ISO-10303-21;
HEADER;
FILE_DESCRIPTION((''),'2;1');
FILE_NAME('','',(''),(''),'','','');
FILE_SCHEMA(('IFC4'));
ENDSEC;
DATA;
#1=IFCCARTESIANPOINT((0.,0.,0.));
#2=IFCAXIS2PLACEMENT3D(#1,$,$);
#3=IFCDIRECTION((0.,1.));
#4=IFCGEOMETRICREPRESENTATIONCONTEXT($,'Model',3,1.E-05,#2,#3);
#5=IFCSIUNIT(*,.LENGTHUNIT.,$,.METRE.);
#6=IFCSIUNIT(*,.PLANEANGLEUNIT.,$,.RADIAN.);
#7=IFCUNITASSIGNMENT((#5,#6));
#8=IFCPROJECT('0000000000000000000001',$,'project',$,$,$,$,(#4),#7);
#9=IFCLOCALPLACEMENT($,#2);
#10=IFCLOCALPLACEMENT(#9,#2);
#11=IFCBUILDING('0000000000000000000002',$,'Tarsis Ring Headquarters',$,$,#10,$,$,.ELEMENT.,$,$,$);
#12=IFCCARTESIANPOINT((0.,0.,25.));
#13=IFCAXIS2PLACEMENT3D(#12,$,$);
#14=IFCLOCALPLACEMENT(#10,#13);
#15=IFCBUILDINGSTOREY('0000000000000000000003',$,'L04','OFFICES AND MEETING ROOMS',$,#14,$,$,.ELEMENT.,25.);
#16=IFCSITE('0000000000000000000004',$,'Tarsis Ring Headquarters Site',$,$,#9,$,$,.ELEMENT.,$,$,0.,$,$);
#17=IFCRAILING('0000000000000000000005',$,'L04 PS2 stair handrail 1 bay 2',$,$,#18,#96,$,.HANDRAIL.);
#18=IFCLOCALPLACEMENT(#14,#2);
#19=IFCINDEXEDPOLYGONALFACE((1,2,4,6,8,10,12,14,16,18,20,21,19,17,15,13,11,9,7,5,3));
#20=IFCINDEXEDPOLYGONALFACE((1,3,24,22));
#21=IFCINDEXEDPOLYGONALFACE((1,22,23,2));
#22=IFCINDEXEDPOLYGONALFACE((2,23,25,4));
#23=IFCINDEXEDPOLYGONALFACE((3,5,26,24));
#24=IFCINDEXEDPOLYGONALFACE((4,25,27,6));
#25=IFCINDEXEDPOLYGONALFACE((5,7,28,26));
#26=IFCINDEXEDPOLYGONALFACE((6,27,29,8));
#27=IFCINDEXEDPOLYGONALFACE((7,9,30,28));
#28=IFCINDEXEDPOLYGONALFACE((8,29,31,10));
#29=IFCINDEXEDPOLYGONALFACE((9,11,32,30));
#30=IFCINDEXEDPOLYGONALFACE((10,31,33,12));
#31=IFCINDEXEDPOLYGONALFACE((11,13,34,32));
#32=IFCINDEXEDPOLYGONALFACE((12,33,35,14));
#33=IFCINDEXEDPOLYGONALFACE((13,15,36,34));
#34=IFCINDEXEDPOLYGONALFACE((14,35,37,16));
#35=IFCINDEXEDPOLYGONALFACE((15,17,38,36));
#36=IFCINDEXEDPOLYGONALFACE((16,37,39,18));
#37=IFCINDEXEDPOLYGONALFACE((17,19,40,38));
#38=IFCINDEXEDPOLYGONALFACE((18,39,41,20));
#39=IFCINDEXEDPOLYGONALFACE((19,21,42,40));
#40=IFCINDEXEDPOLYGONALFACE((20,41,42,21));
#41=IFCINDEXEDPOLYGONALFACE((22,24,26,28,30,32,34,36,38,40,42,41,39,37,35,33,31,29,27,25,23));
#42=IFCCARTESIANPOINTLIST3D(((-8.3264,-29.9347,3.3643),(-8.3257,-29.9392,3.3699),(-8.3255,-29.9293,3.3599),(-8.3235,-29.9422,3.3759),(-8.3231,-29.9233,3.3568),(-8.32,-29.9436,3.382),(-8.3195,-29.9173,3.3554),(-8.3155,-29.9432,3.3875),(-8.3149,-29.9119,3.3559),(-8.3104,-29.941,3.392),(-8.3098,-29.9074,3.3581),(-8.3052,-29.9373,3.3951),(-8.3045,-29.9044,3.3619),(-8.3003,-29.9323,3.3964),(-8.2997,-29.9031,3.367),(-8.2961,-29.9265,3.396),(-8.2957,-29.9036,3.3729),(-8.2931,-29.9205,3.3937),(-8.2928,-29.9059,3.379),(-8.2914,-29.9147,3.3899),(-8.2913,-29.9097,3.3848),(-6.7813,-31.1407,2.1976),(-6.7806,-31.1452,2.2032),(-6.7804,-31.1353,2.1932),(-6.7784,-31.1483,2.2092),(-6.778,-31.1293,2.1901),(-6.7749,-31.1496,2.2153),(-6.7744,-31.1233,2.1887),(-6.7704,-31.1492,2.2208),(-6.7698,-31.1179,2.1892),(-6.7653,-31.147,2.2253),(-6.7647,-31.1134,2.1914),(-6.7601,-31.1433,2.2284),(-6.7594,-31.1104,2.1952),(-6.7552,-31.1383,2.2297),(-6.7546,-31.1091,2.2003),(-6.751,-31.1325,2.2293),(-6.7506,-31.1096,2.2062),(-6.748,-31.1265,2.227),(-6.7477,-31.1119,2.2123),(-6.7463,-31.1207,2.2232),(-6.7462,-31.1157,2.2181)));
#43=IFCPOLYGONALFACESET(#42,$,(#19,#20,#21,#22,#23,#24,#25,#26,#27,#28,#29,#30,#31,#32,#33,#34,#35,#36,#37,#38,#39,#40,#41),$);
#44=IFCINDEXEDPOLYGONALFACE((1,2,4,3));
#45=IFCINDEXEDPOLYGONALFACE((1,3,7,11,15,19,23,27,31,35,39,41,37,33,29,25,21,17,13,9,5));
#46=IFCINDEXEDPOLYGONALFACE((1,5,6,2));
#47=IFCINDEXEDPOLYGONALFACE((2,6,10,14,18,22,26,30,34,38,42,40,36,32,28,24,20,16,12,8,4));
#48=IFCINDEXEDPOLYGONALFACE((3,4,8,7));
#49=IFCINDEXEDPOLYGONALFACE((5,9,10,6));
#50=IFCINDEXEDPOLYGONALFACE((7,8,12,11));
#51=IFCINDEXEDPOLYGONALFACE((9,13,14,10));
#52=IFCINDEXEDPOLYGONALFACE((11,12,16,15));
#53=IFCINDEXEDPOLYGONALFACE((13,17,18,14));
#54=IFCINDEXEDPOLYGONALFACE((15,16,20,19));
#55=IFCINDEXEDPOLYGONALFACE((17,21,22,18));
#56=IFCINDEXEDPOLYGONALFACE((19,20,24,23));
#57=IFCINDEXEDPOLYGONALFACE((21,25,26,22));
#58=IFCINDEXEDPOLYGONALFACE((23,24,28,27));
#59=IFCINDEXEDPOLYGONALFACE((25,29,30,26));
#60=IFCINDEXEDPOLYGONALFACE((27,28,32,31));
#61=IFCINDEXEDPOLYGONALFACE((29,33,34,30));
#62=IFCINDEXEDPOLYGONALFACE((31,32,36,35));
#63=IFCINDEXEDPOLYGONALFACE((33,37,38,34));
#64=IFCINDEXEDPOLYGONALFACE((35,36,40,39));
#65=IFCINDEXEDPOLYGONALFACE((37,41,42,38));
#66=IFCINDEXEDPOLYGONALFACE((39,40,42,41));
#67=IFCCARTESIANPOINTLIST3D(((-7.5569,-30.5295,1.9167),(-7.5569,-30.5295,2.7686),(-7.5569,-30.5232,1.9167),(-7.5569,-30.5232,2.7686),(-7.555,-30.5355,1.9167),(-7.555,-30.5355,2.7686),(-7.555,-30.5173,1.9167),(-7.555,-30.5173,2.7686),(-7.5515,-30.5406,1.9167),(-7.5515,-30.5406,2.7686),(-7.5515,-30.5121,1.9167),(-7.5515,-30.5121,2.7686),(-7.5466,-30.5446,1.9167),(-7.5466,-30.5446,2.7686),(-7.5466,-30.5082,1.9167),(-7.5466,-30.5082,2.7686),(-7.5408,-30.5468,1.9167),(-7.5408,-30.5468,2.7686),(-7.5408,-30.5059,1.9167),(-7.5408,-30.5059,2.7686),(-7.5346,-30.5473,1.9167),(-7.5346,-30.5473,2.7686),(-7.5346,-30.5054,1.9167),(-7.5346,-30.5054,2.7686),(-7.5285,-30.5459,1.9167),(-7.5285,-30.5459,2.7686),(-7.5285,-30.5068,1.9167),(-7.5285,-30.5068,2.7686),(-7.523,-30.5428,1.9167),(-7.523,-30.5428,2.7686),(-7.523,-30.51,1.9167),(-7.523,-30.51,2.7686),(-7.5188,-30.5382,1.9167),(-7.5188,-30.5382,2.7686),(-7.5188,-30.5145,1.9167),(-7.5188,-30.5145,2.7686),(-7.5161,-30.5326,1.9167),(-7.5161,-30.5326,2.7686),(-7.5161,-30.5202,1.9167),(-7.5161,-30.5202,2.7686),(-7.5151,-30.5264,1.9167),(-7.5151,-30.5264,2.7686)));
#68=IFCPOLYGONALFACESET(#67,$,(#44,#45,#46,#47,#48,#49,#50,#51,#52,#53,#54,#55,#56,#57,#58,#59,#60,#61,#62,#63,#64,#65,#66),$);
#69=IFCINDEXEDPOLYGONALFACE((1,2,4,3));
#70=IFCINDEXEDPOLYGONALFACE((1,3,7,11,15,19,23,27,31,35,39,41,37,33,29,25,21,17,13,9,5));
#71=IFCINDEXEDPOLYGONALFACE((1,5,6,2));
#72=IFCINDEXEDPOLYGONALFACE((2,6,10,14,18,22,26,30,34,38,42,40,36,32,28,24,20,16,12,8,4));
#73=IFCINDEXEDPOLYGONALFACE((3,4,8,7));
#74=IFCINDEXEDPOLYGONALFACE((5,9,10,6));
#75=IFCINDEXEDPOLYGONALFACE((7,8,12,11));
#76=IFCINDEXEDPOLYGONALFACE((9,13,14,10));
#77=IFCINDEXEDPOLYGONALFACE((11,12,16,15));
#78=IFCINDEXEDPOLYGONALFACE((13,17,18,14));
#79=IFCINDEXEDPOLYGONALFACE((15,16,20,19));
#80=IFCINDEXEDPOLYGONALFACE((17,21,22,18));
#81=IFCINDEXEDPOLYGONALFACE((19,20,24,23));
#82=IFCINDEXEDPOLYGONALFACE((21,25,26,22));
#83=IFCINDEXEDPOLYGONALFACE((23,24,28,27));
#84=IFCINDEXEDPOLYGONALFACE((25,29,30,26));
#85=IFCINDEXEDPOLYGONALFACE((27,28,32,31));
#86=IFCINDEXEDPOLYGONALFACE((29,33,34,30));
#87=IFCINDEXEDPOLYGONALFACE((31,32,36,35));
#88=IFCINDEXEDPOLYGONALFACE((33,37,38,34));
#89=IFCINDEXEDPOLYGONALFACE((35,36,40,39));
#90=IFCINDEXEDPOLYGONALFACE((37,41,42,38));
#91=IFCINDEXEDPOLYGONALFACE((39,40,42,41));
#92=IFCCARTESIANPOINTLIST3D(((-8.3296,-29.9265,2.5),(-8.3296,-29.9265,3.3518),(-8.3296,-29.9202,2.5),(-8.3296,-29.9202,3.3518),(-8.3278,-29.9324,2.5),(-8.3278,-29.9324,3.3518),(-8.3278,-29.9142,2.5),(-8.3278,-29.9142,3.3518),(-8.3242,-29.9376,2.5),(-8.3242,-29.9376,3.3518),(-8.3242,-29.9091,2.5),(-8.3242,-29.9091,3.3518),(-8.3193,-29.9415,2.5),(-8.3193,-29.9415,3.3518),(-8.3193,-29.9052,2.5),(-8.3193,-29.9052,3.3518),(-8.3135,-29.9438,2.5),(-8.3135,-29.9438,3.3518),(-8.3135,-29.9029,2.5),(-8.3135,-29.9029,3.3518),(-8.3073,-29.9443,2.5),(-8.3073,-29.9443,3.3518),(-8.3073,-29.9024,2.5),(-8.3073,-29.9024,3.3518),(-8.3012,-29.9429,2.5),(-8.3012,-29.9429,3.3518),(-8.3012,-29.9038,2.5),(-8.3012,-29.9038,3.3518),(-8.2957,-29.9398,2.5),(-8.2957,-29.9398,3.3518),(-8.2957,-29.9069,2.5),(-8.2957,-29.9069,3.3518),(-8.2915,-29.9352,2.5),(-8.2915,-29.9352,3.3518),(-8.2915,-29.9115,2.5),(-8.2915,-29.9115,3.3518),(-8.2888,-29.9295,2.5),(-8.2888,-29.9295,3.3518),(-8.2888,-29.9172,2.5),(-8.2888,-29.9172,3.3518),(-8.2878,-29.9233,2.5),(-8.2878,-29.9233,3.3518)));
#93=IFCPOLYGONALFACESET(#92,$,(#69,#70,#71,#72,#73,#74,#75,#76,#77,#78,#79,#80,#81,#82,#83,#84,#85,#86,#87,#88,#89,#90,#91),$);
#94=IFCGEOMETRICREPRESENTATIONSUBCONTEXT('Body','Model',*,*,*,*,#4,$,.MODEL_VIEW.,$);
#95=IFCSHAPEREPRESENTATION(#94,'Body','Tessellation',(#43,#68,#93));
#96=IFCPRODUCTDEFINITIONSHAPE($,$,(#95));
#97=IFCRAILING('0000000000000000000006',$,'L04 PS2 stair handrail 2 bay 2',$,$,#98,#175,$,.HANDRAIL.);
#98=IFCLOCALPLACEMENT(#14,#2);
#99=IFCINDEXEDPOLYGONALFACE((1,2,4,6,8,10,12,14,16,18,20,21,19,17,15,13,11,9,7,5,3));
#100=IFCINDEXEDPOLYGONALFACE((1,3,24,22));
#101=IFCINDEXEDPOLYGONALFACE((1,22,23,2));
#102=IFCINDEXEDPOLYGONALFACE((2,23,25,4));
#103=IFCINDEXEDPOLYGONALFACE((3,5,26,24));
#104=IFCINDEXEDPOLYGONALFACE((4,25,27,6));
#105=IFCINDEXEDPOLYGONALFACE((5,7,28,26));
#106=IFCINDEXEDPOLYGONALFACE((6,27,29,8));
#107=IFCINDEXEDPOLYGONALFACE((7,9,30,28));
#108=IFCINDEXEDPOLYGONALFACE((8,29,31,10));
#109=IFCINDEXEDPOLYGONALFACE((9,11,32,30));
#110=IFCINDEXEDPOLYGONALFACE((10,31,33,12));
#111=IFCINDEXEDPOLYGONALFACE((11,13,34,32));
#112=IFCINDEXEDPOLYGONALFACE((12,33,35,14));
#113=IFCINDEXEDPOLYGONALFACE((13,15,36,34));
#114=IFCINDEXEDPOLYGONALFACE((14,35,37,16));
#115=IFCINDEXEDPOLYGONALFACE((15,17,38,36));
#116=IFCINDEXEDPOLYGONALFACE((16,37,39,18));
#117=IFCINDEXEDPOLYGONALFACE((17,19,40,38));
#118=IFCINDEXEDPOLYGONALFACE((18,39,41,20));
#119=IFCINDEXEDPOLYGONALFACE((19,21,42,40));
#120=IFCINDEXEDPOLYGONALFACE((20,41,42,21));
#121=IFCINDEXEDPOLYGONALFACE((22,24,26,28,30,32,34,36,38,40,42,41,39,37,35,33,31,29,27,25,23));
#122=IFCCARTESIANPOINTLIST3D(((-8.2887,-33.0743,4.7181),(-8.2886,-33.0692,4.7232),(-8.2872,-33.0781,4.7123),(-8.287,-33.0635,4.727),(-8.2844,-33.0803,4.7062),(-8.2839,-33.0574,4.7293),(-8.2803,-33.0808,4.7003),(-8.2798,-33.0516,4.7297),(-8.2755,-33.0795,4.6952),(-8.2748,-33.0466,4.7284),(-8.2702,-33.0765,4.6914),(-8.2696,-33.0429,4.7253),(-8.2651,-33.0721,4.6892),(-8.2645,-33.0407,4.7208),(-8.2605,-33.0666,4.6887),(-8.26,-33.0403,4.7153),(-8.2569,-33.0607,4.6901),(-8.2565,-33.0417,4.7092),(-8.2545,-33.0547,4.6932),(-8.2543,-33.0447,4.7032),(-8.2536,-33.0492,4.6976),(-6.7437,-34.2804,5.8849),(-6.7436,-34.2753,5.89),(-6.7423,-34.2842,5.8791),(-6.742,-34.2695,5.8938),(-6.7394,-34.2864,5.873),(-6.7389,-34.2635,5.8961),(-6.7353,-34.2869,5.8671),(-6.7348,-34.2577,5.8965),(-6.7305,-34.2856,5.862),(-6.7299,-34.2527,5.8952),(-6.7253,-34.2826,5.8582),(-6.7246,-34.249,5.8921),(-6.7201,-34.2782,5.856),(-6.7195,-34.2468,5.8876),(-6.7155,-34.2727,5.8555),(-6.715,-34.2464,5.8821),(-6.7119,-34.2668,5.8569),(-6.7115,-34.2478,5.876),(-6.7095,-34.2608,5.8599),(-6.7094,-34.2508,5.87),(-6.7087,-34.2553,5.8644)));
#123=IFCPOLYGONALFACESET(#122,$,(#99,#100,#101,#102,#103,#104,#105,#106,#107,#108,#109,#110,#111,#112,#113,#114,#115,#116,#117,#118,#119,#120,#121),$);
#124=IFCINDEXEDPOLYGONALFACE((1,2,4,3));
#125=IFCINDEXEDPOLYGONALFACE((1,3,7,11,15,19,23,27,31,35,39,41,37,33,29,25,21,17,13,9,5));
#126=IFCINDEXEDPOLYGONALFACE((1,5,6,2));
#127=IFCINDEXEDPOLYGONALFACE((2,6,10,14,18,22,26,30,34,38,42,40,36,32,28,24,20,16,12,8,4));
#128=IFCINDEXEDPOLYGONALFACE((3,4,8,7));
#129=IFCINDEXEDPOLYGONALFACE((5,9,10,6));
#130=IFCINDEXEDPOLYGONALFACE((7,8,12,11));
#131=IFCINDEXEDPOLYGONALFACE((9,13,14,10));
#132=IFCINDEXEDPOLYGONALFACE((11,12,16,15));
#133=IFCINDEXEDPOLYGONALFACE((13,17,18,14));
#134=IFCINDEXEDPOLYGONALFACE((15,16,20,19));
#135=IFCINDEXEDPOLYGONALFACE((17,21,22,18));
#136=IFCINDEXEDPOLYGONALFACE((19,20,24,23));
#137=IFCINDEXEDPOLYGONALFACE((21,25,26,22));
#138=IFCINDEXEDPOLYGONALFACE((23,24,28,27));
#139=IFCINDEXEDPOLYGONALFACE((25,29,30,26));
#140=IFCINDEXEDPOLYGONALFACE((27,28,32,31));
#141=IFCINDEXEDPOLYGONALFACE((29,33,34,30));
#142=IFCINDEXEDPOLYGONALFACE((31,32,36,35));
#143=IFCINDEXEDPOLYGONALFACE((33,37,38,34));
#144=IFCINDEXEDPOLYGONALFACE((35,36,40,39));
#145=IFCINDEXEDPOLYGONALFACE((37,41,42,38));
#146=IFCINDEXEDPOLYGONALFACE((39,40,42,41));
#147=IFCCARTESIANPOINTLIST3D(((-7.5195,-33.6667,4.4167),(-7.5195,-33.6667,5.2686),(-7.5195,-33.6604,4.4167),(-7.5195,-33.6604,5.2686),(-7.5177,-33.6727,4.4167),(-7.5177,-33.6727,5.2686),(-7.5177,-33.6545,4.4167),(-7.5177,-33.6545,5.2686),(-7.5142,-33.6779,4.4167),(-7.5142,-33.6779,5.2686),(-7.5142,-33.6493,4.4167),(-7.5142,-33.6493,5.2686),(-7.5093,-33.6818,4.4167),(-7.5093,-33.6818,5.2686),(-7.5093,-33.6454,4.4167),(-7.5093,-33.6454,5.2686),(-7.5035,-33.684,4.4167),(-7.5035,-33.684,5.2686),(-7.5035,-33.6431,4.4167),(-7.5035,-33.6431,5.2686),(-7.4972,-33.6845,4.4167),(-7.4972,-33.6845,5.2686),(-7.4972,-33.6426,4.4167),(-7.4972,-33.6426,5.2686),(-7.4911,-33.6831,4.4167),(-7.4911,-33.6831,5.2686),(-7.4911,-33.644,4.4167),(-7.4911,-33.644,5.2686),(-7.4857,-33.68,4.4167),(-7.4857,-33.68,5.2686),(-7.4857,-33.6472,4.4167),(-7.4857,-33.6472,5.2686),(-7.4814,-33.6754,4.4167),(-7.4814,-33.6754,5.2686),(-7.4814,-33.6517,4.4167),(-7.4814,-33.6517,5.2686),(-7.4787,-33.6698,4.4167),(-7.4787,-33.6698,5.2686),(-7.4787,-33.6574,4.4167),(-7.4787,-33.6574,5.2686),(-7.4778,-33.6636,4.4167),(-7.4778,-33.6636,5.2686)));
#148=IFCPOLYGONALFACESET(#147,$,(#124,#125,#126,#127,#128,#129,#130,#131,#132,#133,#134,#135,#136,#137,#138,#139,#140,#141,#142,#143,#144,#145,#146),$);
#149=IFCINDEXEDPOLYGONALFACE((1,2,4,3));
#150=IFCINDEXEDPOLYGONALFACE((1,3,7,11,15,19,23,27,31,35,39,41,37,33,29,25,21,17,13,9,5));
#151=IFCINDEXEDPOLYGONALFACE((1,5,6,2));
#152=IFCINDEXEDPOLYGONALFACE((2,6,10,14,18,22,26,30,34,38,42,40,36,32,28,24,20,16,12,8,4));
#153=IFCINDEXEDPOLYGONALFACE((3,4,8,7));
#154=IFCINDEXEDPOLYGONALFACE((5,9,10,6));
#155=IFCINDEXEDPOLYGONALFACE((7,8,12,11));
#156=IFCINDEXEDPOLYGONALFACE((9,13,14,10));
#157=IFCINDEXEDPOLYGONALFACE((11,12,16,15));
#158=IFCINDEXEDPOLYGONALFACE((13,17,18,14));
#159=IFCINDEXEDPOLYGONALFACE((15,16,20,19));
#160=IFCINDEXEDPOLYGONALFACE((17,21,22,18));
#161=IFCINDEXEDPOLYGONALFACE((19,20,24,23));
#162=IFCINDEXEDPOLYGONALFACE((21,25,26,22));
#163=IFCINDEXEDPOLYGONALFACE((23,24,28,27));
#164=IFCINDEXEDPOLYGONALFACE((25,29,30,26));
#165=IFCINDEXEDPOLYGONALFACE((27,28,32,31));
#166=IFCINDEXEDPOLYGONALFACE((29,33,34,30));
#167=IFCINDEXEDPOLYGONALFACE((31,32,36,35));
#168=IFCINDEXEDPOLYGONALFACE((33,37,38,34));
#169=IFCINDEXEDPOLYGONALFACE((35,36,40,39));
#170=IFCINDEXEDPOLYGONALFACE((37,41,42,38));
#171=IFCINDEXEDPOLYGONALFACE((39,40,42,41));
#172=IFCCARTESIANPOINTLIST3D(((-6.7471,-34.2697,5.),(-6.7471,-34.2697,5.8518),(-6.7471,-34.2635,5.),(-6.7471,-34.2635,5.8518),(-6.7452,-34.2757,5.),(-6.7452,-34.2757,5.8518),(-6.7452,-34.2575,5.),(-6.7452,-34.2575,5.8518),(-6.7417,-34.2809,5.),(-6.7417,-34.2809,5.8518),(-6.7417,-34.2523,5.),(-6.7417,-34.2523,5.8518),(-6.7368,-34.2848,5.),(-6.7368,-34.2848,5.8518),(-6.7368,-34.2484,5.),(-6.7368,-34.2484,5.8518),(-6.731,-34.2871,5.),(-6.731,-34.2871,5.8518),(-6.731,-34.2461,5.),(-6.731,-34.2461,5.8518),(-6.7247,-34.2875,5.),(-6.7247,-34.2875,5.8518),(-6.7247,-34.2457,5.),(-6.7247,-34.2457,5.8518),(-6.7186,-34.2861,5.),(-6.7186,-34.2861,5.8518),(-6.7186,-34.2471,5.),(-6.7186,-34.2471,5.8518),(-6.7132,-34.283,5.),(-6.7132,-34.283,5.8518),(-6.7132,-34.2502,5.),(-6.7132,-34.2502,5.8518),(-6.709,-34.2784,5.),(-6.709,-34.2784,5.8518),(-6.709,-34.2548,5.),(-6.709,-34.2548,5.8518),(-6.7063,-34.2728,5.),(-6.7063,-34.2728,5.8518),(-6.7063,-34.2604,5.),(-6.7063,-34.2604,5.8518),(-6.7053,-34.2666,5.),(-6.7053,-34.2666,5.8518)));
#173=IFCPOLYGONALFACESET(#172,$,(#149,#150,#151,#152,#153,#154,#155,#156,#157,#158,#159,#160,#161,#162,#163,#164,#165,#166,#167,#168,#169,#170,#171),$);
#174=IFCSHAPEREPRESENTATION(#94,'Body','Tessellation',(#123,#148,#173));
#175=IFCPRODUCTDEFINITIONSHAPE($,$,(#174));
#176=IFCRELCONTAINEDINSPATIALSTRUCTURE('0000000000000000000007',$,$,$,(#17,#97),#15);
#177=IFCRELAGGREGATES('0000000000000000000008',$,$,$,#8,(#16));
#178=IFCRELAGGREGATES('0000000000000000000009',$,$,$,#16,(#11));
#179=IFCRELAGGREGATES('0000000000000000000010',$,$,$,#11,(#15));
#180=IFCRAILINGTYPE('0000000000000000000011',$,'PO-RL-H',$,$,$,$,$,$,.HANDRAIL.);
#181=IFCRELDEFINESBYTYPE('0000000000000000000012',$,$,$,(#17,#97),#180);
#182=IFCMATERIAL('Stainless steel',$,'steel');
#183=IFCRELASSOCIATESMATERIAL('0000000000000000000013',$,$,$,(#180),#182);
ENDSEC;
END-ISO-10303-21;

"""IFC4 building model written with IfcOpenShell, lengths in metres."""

from ifc_helpers import new_model, si_unit, direction, frame, origin, origin_2d, place, context, subcontext, project, spatial, circle, extrude, material, type_object, element, save


model = new_model("IFC4")

# Units and contexts
model_context = context("Model", 3, precision=1e-05, world=origin(), true_north=direction((0.0, 1.0)))
body_context = subcontext(model_context, "Body", "Model", "MODEL_VIEW")
ifc_project = project(units=[si_unit("LENGTHUNIT", "METRE"), si_unit("PLANEANGLEUNIT", "RADIAN")], contexts=[model_context])

# Site, building, storey
site_placement = place(None, origin())
site = spatial("IfcSite", under=ifc_project, at=site_placement, Name="Tarsis Ring Headquarters Site", CompositionType="ELEMENT", RefElevation=0.0)
building_placement = place(site_placement, origin())
building = spatial("IfcBuilding", under=site, at=building_placement, Name="Tarsis Ring Headquarters", CompositionType="ELEMENT")
storey_placement = place(building_placement, frame((0.0, 0.0, 25.0)))
storey = spatial("IfcBuildingStorey", under=building, at=storey_placement, Name="L04", Description="OFFICES AND MEETING ROOMS", CompositionType="ELEMENT", Elevation=25.0)

# Railings
ifc_material_1 = material(Name="Stainless steel", Category="steel")
railing_type_1 = type_object("IfcRailingType", Name="PO-RL-H", PredefinedType="HANDRAIL", material=ifc_material_1)
railing_1_placement = place(storey_placement, frame((-6.7637, -31.1294, 1.3333)))
element("IfcRailing", 1, at=railing_1_placement, inside=storey, type_object=railing_type_1, Name="L04 PS2 stair handrail 1 bay 2", PredefinedType="HANDRAIL", context=body_context, shape_type="SweptSolid", body=[
    extrude(circle(Radius=0.0239, at=origin_2d()), frame((0.0, 0.0, 0.876), z_axis=(-0.677378, 0.528717, 0.511485), x_axis=(-0.615294, -0.788298, 0.0)), (0.0, 0.0, 1.0), 2.281),
    extrude(circle(Radius=0.021, at=origin_2d()), frame((-0.7725, 0.603, 0.5835)), (0.0, 0.0, 1.0), 0.8518),
    extrude(circle(Radius=0.021, at=origin_2d()), frame((-1.5452, 1.2061, 1.1667)), (0.0, 0.0, 1.0), 0.8518),
])
railing_2_placement = place(storey_placement, frame((-8.2712, -33.0605, 3.8333)))
element("IfcRailing", 2, at=railing_2_placement, inside=storey, type_object=railing_type_1, Name="L04 PS2 stair handrail 2 bay 2", PredefinedType="HANDRAIL", context=body_context, shape_type="SweptSolid", body=[
    extrude(circle(Radius=0.0239, at=origin_2d()), frame((0.0, 0.0, 0.876), z_axis=(0.67732, -0.528755, 0.511522), x_axis=(0.615354, 0.788251, 0.0)), (0.0, 0.0, 1.0), 2.281),
    extrude(circle(Radius=0.021, at=origin_2d()), frame((0.7725, -0.603, 0.5835)), (0.0, 0.0, 1.0), 0.8518),
    extrude(circle(Radius=0.021, at=origin_2d()), frame((1.5449, -1.2061, 1.1667)), (0.0, 0.0, 1.0), 0.8518),
])

save(model, "model.ifc")
